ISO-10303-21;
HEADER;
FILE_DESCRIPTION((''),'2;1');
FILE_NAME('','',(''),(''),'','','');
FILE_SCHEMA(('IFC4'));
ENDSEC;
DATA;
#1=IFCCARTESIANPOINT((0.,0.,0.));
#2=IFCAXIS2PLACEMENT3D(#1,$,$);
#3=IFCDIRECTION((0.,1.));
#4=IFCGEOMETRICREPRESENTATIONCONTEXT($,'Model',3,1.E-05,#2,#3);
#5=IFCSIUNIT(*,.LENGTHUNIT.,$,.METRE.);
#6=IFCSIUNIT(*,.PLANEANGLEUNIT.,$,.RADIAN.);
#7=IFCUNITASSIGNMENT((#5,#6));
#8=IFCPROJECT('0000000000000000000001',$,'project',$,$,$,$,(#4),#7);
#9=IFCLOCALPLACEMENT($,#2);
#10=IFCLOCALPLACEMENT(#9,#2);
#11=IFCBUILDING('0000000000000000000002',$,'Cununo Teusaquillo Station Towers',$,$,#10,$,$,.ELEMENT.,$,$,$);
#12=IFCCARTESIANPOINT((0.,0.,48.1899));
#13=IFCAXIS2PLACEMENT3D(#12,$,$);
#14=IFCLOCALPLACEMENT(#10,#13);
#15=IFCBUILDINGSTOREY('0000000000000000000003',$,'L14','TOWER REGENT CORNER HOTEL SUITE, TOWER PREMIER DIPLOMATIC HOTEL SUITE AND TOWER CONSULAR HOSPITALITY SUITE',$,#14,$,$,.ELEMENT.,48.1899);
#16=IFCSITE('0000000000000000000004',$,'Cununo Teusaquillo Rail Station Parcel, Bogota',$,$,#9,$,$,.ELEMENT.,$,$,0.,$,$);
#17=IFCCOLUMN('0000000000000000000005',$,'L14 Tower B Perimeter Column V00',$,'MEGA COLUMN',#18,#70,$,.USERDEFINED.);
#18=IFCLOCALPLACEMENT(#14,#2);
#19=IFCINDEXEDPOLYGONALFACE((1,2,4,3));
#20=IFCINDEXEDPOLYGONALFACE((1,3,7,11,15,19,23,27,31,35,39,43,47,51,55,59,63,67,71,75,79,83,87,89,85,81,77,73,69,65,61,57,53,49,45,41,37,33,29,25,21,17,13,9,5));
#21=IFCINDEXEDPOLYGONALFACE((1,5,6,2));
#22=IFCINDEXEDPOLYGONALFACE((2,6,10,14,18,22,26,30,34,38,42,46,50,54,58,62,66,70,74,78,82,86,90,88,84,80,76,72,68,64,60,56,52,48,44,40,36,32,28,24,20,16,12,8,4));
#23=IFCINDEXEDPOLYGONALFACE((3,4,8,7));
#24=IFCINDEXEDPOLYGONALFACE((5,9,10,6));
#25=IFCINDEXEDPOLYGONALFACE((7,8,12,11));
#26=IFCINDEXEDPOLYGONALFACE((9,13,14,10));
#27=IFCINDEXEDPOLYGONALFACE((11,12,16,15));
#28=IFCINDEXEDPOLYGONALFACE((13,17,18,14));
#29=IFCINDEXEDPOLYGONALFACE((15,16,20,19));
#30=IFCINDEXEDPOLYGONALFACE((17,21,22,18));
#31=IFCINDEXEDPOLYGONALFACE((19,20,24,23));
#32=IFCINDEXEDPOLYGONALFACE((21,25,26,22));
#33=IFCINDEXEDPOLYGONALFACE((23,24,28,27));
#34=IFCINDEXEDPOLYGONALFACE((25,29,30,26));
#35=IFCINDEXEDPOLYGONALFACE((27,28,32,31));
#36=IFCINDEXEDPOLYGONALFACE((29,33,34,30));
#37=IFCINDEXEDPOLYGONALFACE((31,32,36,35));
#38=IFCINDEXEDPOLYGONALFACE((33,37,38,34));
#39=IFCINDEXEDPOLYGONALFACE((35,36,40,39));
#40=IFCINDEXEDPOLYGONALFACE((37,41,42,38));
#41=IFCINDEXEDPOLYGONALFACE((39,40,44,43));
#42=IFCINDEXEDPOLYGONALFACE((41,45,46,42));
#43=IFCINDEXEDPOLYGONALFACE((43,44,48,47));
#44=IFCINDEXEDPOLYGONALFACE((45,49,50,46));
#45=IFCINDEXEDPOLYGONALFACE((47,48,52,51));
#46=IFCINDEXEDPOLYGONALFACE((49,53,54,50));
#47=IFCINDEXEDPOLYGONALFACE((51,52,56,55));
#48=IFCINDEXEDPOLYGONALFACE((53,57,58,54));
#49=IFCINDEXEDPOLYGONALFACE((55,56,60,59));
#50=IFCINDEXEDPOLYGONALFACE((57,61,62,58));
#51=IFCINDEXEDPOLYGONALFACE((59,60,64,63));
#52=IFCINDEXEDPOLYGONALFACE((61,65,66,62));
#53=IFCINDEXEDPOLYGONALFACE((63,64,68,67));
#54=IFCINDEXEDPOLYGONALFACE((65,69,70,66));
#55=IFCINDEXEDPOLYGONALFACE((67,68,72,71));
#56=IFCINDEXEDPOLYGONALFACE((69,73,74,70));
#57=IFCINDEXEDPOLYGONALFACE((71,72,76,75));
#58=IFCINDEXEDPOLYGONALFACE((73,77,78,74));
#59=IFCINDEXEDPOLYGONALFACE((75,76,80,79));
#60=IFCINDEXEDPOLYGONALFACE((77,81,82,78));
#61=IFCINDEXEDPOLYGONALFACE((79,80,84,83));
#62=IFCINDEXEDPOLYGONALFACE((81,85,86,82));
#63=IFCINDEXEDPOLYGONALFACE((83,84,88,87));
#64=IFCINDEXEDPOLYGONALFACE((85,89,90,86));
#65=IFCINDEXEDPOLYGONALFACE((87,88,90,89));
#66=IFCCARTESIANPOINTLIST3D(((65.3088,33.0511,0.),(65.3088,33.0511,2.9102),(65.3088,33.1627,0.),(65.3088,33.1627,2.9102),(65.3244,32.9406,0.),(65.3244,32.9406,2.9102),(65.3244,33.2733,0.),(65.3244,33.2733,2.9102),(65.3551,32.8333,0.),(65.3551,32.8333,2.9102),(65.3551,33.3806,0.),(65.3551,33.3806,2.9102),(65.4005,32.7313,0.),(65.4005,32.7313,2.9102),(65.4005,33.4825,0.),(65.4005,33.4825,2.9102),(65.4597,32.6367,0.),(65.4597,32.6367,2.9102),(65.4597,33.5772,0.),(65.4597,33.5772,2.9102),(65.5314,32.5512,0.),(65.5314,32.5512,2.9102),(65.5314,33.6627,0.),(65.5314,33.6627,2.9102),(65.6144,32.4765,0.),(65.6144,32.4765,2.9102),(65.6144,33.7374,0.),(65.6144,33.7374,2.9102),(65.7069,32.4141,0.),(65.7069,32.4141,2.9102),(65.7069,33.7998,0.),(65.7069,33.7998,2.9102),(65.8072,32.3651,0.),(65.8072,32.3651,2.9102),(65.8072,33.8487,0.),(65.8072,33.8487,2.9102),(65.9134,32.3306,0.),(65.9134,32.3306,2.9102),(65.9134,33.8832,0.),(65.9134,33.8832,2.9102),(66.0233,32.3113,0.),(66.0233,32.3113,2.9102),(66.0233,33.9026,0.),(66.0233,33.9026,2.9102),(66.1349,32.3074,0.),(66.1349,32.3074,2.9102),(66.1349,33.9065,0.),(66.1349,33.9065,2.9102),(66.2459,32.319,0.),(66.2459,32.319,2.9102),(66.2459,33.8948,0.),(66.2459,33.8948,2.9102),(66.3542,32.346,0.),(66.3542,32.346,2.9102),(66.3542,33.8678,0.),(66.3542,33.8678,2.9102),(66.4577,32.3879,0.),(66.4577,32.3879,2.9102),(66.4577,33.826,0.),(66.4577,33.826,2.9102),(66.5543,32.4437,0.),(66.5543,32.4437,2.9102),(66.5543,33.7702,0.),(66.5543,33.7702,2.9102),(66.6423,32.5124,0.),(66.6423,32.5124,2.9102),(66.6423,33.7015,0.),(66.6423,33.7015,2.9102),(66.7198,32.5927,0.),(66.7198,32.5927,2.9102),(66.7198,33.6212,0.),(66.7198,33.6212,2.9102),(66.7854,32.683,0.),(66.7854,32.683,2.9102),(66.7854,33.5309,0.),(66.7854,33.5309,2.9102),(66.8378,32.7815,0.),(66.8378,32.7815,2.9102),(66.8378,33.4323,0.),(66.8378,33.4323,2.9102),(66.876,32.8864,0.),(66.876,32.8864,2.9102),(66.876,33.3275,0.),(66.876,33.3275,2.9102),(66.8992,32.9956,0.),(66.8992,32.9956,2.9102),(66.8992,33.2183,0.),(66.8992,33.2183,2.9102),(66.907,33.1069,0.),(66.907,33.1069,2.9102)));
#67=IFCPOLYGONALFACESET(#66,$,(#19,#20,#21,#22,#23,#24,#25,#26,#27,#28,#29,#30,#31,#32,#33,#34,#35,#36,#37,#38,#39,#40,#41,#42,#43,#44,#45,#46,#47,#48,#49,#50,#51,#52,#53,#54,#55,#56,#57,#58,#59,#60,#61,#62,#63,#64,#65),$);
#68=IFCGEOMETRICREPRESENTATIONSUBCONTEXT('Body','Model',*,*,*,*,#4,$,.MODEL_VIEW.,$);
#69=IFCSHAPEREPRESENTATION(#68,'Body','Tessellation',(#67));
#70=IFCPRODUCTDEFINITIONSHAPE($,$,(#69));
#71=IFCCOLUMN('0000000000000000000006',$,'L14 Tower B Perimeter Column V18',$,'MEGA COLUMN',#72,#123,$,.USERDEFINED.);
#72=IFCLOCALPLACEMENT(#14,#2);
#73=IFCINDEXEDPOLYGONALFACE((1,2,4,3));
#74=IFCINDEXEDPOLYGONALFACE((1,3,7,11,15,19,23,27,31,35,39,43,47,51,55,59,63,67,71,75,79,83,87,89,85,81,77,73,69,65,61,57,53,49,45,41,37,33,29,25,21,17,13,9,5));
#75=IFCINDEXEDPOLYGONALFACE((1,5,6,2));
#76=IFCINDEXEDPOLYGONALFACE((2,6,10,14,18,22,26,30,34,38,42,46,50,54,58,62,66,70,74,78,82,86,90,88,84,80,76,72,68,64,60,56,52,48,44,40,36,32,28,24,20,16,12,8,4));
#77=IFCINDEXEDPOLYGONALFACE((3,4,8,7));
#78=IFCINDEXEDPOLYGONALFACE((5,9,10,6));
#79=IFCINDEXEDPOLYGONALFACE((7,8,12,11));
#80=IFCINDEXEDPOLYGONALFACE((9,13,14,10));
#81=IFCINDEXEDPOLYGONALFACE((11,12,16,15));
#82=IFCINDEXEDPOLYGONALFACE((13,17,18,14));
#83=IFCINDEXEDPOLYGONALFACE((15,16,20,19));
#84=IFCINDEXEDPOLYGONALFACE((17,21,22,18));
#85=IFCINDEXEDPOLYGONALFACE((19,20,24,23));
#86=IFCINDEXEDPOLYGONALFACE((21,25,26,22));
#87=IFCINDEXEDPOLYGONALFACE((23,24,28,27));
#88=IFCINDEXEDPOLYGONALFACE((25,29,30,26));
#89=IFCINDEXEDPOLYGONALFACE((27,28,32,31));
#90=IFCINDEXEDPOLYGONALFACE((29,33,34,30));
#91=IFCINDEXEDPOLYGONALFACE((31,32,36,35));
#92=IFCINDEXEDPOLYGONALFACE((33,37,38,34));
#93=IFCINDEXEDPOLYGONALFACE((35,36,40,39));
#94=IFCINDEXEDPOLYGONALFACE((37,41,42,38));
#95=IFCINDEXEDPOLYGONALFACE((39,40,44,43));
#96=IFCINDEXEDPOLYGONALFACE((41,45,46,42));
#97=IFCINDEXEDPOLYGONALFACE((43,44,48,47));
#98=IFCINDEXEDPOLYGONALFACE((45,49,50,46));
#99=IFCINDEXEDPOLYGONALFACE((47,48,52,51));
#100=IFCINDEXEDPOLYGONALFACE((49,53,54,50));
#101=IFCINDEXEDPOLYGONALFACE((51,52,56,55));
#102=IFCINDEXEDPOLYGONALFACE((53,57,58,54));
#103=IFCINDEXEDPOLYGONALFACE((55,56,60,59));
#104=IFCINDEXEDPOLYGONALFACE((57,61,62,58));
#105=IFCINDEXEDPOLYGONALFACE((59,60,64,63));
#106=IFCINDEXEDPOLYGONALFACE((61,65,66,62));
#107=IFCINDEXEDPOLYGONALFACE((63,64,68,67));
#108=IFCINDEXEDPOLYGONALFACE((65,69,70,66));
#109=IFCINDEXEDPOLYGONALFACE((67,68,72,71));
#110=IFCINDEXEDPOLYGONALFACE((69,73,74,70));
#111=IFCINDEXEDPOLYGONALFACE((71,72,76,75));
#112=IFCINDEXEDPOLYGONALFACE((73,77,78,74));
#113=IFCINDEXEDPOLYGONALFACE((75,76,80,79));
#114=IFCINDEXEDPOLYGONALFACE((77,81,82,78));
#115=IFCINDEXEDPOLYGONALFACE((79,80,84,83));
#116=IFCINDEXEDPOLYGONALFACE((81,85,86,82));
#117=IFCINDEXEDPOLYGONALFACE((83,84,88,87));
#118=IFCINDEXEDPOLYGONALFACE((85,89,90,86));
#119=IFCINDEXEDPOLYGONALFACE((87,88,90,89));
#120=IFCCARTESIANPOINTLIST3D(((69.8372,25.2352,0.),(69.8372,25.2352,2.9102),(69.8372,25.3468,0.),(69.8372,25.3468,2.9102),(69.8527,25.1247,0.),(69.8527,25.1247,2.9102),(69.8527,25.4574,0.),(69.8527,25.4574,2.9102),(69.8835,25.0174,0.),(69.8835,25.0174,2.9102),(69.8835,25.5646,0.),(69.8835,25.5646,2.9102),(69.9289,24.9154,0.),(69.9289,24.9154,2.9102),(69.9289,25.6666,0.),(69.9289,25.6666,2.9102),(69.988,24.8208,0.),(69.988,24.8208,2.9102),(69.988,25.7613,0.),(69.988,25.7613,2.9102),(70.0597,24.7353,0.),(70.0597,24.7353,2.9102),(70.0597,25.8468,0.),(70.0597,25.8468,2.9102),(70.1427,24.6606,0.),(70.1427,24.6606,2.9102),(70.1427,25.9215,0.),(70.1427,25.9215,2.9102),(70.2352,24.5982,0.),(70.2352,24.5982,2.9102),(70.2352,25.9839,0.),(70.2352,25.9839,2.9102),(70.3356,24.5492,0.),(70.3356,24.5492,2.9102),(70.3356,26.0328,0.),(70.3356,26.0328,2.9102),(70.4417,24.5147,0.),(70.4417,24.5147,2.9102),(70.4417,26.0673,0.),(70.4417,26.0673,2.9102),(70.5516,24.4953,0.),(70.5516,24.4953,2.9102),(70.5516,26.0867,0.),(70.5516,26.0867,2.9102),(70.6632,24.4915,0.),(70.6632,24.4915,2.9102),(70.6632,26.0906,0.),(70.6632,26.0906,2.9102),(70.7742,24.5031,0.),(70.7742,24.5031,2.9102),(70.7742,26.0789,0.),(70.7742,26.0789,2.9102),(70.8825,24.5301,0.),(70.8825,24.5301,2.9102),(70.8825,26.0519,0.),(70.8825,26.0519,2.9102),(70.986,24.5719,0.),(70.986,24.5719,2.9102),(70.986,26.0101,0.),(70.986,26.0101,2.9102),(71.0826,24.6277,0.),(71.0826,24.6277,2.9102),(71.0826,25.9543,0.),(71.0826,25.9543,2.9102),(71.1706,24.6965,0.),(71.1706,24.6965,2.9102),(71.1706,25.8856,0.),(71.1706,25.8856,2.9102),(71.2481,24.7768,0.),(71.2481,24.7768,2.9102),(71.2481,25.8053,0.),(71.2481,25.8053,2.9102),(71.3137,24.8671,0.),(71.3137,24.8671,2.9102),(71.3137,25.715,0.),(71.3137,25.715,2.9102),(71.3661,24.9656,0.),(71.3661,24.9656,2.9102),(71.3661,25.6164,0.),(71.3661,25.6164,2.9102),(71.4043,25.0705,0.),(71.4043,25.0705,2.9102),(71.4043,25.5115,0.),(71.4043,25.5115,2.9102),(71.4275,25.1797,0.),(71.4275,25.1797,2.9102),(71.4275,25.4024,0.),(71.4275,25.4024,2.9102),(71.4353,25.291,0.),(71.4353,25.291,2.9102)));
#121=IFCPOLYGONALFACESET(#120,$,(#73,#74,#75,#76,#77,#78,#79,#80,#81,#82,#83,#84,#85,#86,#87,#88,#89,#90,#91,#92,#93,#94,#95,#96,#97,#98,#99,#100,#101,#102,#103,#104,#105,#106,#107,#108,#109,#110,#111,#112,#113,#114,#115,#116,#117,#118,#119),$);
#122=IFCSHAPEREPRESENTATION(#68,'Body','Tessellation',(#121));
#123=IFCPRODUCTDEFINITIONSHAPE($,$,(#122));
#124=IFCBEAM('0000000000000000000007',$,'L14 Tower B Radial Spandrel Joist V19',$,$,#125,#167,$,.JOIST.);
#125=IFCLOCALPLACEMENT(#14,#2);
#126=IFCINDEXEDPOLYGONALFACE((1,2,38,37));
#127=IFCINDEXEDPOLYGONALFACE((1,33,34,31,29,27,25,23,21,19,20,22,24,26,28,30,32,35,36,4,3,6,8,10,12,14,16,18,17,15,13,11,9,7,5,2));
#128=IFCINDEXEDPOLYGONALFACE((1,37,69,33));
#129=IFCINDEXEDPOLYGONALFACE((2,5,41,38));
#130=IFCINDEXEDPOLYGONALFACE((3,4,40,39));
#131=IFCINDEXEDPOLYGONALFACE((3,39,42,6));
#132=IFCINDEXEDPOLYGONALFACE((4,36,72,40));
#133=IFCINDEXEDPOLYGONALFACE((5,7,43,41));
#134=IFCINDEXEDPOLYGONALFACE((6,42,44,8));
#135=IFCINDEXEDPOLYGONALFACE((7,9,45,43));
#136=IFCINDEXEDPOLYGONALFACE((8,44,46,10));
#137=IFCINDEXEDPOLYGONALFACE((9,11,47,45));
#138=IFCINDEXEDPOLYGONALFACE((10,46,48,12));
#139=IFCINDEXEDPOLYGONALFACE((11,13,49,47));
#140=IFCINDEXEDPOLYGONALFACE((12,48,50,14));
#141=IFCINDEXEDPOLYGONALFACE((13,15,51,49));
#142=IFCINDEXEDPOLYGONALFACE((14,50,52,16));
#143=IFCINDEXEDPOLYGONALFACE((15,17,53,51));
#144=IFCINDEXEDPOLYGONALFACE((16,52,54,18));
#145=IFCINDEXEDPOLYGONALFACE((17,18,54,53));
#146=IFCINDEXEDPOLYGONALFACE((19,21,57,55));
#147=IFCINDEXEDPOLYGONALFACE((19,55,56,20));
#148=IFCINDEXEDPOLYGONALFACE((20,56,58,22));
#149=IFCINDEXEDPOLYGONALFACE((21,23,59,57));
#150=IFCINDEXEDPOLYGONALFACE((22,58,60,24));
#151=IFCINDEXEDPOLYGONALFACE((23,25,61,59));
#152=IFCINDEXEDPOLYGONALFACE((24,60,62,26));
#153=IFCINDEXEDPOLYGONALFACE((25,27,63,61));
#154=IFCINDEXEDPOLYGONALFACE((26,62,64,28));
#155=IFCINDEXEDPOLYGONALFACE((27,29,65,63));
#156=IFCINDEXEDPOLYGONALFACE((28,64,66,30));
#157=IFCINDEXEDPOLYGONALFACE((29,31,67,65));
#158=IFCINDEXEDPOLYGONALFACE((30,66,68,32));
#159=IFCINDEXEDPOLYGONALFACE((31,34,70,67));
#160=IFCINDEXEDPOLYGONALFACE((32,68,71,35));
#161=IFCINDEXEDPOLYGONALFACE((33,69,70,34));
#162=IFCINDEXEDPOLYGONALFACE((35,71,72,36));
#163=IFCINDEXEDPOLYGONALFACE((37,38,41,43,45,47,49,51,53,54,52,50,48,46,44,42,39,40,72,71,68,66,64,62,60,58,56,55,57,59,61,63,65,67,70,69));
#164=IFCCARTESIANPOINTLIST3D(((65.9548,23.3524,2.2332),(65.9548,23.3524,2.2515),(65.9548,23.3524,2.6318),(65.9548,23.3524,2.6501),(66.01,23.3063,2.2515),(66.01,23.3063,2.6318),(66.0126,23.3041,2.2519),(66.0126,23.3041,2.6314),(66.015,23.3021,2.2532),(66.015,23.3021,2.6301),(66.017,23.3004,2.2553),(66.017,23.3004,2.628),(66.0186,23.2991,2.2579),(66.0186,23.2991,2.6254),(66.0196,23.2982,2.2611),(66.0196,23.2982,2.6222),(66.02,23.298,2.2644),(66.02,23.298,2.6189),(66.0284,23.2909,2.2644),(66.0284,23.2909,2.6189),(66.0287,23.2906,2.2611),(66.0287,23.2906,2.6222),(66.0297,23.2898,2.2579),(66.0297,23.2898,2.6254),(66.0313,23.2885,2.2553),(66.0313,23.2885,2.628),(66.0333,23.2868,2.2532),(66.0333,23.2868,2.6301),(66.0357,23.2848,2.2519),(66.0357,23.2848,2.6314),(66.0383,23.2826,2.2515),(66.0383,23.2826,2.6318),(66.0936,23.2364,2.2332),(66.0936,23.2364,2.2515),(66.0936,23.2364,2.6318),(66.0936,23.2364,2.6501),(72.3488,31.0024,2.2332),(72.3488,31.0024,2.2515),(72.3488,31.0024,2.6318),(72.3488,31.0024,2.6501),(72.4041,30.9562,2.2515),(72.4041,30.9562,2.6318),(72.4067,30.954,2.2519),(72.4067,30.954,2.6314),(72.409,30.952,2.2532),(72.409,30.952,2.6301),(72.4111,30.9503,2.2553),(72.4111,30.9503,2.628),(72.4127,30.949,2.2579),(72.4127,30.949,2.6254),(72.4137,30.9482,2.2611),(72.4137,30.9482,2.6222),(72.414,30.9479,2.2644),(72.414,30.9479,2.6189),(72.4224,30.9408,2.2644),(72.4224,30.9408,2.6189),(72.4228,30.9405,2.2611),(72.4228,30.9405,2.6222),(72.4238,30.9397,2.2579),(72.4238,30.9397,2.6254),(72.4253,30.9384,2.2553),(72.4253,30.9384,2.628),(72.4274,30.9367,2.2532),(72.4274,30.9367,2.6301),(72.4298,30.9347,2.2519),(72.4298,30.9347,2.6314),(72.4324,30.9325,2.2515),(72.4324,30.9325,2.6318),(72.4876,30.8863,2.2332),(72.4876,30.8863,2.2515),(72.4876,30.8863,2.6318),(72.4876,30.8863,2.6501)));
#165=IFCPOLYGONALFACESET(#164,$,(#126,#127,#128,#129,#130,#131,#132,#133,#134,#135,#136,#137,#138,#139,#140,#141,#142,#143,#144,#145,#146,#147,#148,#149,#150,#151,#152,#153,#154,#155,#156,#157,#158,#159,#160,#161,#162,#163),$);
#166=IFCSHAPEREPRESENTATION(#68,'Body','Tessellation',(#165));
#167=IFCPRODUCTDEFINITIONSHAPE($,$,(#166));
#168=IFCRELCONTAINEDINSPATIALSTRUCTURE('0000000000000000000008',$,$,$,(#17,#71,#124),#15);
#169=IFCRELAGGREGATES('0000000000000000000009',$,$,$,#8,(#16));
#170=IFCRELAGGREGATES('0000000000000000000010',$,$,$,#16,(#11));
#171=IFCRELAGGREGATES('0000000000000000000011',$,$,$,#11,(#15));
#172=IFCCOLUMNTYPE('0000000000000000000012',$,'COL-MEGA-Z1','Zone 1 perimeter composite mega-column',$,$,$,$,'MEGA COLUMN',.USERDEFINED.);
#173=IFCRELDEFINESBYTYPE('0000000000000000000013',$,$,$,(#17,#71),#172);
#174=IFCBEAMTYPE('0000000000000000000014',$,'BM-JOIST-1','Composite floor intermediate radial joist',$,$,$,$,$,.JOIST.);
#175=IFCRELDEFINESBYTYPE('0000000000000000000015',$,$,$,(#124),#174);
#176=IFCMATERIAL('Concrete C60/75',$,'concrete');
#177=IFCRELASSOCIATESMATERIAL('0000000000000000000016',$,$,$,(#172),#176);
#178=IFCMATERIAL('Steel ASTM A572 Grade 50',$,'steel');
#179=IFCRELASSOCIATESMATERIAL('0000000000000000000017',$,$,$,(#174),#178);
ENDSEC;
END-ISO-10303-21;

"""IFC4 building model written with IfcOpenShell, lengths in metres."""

from ifc_helpers import new_model, si_unit, direction, frame, origin, origin_2d, place, context, subcontext, project, spatial, circle, i_section, extrude, material, material_profile, profile_set, type_object, element, save


model = new_model("IFC4")

# Units and contexts
model_context = context("Model", 3, precision=1e-05, world=origin(), true_north=direction((0.0, 1.0)))
body_context = subcontext(model_context, "Body", "Model", "MODEL_VIEW")
ifc_project = project(units=[si_unit("LENGTHUNIT", "METRE"), si_unit("PLANEANGLEUNIT", "RADIAN")], contexts=[model_context])

# Site, building, storey
site_placement = place(None, origin())
site = spatial("IfcSite", under=ifc_project, at=site_placement, Name="Cununo Teusaquillo Rail Station Parcel, Bogota", CompositionType="ELEMENT", RefElevation=0.0)
building_placement = place(site_placement, origin())
building = spatial("IfcBuilding", under=site, at=building_placement, Name="Cununo Teusaquillo Station Towers", CompositionType="ELEMENT")
storey_placement = place(building_placement, frame((0.0, 0.0, 48.1899)))
storey = spatial("IfcBuildingStorey", under=building, at=storey_placement, Name="L14", Description="TOWER REGENT CORNER HOTEL SUITE, TOWER PREMIER DIPLOMATIC HOTEL SUITE AND TOWER CONSULAR HOSPITALITY SUITE", CompositionType="ELEMENT", Elevation=48.1899)

# Columns
ifc_material_1 = material(Name="Concrete C60/75", Category="concrete")
ifc_material_profile_1 = material_profile(ifc_material_1, circle(Radius=0.8, at=origin_2d()), Name="RC-CIRC-1600")
ifc_profile_set_1 = profile_set([ifc_material_profile_1], Name="Concrete C60/75")
column_type = type_object("IfcColumnType", Name="COL-MEGA-Z1", Description="Zone 1 perimeter composite mega-column", ElementType="MEGA COLUMN", PredefinedType="USERDEFINED", material=ifc_profile_set_1)
for number, where, z_axis, x_axis, name in (
    (1, (66.1069, 33.1069, 0.0), (0.0, 0.0, 1.0), (1.0, 0.0, 0.0), "L14 Tower B Perimeter Column V00"),
    (2, (70.6353, 25.291, 0.0), (0.0, 0.0, 1.0), (1.0, 0.0, 0.0), "L14 Tower B Perimeter Column V18"),
):
    element("IfcColumn", number, at=place(storey_placement, frame(where, z_axis=z_axis, x_axis=x_axis)), inside=storey, type_object=column_type, Name=name, ObjectType="MEGA COLUMN", PredefinedType="USERDEFINED", context=body_context, shape_type="SweptSolid", body=[
        extrude(circle(Radius=0.8, at=origin_2d()), origin(), (0.0, 0.0, 1.0), 2.9102),
    ])

# Beam
ifc_material_2 = material(Name="Steel ASTM A572 Grade 50", Category="steel")
ifc_material_profile_2 = material_profile(ifc_material_2, i_section(OverallWidth=0.1809, OverallDepth=0.417, WebThickness=0.011, FlangeThickness=0.0183, FilletRadius=0.0129, at=origin_2d()), Name="W16X57")
ifc_profile_set_2 = profile_set([ifc_material_profile_2], Name="Steel ASTM A572 Grade 50")
beam_type_1 = type_object("IfcBeamType", Name="BM-JOIST-1", Description="Composite floor intermediate radial joist", PredefinedType="JOIST", material=ifc_profile_set_2)
beam_1_placement = place(storey_placement, frame((66.0242, 23.2944, 2.4417), z_axis=(0.641316, 0.767277, 0.0), x_axis=(-0.767277, 0.641316, 0.0)))
element("IfcBeam", 3, at=beam_1_placement, inside=storey, type_object=beam_type_1, Name="L14 Tower B Radial Spandrel Joist V19", PredefinedType="JOIST", context=body_context, shape_type="SweptSolid", body=[
    extrude(i_section(OverallWidth=0.1809, OverallDepth=0.417, WebThickness=0.011, FlangeThickness=0.0183, FilletRadius=0.0129, at=origin_2d()), origin(), (0.0, 0.0, 1.0), 9.9702),
])

save(model, "model.ifc")
